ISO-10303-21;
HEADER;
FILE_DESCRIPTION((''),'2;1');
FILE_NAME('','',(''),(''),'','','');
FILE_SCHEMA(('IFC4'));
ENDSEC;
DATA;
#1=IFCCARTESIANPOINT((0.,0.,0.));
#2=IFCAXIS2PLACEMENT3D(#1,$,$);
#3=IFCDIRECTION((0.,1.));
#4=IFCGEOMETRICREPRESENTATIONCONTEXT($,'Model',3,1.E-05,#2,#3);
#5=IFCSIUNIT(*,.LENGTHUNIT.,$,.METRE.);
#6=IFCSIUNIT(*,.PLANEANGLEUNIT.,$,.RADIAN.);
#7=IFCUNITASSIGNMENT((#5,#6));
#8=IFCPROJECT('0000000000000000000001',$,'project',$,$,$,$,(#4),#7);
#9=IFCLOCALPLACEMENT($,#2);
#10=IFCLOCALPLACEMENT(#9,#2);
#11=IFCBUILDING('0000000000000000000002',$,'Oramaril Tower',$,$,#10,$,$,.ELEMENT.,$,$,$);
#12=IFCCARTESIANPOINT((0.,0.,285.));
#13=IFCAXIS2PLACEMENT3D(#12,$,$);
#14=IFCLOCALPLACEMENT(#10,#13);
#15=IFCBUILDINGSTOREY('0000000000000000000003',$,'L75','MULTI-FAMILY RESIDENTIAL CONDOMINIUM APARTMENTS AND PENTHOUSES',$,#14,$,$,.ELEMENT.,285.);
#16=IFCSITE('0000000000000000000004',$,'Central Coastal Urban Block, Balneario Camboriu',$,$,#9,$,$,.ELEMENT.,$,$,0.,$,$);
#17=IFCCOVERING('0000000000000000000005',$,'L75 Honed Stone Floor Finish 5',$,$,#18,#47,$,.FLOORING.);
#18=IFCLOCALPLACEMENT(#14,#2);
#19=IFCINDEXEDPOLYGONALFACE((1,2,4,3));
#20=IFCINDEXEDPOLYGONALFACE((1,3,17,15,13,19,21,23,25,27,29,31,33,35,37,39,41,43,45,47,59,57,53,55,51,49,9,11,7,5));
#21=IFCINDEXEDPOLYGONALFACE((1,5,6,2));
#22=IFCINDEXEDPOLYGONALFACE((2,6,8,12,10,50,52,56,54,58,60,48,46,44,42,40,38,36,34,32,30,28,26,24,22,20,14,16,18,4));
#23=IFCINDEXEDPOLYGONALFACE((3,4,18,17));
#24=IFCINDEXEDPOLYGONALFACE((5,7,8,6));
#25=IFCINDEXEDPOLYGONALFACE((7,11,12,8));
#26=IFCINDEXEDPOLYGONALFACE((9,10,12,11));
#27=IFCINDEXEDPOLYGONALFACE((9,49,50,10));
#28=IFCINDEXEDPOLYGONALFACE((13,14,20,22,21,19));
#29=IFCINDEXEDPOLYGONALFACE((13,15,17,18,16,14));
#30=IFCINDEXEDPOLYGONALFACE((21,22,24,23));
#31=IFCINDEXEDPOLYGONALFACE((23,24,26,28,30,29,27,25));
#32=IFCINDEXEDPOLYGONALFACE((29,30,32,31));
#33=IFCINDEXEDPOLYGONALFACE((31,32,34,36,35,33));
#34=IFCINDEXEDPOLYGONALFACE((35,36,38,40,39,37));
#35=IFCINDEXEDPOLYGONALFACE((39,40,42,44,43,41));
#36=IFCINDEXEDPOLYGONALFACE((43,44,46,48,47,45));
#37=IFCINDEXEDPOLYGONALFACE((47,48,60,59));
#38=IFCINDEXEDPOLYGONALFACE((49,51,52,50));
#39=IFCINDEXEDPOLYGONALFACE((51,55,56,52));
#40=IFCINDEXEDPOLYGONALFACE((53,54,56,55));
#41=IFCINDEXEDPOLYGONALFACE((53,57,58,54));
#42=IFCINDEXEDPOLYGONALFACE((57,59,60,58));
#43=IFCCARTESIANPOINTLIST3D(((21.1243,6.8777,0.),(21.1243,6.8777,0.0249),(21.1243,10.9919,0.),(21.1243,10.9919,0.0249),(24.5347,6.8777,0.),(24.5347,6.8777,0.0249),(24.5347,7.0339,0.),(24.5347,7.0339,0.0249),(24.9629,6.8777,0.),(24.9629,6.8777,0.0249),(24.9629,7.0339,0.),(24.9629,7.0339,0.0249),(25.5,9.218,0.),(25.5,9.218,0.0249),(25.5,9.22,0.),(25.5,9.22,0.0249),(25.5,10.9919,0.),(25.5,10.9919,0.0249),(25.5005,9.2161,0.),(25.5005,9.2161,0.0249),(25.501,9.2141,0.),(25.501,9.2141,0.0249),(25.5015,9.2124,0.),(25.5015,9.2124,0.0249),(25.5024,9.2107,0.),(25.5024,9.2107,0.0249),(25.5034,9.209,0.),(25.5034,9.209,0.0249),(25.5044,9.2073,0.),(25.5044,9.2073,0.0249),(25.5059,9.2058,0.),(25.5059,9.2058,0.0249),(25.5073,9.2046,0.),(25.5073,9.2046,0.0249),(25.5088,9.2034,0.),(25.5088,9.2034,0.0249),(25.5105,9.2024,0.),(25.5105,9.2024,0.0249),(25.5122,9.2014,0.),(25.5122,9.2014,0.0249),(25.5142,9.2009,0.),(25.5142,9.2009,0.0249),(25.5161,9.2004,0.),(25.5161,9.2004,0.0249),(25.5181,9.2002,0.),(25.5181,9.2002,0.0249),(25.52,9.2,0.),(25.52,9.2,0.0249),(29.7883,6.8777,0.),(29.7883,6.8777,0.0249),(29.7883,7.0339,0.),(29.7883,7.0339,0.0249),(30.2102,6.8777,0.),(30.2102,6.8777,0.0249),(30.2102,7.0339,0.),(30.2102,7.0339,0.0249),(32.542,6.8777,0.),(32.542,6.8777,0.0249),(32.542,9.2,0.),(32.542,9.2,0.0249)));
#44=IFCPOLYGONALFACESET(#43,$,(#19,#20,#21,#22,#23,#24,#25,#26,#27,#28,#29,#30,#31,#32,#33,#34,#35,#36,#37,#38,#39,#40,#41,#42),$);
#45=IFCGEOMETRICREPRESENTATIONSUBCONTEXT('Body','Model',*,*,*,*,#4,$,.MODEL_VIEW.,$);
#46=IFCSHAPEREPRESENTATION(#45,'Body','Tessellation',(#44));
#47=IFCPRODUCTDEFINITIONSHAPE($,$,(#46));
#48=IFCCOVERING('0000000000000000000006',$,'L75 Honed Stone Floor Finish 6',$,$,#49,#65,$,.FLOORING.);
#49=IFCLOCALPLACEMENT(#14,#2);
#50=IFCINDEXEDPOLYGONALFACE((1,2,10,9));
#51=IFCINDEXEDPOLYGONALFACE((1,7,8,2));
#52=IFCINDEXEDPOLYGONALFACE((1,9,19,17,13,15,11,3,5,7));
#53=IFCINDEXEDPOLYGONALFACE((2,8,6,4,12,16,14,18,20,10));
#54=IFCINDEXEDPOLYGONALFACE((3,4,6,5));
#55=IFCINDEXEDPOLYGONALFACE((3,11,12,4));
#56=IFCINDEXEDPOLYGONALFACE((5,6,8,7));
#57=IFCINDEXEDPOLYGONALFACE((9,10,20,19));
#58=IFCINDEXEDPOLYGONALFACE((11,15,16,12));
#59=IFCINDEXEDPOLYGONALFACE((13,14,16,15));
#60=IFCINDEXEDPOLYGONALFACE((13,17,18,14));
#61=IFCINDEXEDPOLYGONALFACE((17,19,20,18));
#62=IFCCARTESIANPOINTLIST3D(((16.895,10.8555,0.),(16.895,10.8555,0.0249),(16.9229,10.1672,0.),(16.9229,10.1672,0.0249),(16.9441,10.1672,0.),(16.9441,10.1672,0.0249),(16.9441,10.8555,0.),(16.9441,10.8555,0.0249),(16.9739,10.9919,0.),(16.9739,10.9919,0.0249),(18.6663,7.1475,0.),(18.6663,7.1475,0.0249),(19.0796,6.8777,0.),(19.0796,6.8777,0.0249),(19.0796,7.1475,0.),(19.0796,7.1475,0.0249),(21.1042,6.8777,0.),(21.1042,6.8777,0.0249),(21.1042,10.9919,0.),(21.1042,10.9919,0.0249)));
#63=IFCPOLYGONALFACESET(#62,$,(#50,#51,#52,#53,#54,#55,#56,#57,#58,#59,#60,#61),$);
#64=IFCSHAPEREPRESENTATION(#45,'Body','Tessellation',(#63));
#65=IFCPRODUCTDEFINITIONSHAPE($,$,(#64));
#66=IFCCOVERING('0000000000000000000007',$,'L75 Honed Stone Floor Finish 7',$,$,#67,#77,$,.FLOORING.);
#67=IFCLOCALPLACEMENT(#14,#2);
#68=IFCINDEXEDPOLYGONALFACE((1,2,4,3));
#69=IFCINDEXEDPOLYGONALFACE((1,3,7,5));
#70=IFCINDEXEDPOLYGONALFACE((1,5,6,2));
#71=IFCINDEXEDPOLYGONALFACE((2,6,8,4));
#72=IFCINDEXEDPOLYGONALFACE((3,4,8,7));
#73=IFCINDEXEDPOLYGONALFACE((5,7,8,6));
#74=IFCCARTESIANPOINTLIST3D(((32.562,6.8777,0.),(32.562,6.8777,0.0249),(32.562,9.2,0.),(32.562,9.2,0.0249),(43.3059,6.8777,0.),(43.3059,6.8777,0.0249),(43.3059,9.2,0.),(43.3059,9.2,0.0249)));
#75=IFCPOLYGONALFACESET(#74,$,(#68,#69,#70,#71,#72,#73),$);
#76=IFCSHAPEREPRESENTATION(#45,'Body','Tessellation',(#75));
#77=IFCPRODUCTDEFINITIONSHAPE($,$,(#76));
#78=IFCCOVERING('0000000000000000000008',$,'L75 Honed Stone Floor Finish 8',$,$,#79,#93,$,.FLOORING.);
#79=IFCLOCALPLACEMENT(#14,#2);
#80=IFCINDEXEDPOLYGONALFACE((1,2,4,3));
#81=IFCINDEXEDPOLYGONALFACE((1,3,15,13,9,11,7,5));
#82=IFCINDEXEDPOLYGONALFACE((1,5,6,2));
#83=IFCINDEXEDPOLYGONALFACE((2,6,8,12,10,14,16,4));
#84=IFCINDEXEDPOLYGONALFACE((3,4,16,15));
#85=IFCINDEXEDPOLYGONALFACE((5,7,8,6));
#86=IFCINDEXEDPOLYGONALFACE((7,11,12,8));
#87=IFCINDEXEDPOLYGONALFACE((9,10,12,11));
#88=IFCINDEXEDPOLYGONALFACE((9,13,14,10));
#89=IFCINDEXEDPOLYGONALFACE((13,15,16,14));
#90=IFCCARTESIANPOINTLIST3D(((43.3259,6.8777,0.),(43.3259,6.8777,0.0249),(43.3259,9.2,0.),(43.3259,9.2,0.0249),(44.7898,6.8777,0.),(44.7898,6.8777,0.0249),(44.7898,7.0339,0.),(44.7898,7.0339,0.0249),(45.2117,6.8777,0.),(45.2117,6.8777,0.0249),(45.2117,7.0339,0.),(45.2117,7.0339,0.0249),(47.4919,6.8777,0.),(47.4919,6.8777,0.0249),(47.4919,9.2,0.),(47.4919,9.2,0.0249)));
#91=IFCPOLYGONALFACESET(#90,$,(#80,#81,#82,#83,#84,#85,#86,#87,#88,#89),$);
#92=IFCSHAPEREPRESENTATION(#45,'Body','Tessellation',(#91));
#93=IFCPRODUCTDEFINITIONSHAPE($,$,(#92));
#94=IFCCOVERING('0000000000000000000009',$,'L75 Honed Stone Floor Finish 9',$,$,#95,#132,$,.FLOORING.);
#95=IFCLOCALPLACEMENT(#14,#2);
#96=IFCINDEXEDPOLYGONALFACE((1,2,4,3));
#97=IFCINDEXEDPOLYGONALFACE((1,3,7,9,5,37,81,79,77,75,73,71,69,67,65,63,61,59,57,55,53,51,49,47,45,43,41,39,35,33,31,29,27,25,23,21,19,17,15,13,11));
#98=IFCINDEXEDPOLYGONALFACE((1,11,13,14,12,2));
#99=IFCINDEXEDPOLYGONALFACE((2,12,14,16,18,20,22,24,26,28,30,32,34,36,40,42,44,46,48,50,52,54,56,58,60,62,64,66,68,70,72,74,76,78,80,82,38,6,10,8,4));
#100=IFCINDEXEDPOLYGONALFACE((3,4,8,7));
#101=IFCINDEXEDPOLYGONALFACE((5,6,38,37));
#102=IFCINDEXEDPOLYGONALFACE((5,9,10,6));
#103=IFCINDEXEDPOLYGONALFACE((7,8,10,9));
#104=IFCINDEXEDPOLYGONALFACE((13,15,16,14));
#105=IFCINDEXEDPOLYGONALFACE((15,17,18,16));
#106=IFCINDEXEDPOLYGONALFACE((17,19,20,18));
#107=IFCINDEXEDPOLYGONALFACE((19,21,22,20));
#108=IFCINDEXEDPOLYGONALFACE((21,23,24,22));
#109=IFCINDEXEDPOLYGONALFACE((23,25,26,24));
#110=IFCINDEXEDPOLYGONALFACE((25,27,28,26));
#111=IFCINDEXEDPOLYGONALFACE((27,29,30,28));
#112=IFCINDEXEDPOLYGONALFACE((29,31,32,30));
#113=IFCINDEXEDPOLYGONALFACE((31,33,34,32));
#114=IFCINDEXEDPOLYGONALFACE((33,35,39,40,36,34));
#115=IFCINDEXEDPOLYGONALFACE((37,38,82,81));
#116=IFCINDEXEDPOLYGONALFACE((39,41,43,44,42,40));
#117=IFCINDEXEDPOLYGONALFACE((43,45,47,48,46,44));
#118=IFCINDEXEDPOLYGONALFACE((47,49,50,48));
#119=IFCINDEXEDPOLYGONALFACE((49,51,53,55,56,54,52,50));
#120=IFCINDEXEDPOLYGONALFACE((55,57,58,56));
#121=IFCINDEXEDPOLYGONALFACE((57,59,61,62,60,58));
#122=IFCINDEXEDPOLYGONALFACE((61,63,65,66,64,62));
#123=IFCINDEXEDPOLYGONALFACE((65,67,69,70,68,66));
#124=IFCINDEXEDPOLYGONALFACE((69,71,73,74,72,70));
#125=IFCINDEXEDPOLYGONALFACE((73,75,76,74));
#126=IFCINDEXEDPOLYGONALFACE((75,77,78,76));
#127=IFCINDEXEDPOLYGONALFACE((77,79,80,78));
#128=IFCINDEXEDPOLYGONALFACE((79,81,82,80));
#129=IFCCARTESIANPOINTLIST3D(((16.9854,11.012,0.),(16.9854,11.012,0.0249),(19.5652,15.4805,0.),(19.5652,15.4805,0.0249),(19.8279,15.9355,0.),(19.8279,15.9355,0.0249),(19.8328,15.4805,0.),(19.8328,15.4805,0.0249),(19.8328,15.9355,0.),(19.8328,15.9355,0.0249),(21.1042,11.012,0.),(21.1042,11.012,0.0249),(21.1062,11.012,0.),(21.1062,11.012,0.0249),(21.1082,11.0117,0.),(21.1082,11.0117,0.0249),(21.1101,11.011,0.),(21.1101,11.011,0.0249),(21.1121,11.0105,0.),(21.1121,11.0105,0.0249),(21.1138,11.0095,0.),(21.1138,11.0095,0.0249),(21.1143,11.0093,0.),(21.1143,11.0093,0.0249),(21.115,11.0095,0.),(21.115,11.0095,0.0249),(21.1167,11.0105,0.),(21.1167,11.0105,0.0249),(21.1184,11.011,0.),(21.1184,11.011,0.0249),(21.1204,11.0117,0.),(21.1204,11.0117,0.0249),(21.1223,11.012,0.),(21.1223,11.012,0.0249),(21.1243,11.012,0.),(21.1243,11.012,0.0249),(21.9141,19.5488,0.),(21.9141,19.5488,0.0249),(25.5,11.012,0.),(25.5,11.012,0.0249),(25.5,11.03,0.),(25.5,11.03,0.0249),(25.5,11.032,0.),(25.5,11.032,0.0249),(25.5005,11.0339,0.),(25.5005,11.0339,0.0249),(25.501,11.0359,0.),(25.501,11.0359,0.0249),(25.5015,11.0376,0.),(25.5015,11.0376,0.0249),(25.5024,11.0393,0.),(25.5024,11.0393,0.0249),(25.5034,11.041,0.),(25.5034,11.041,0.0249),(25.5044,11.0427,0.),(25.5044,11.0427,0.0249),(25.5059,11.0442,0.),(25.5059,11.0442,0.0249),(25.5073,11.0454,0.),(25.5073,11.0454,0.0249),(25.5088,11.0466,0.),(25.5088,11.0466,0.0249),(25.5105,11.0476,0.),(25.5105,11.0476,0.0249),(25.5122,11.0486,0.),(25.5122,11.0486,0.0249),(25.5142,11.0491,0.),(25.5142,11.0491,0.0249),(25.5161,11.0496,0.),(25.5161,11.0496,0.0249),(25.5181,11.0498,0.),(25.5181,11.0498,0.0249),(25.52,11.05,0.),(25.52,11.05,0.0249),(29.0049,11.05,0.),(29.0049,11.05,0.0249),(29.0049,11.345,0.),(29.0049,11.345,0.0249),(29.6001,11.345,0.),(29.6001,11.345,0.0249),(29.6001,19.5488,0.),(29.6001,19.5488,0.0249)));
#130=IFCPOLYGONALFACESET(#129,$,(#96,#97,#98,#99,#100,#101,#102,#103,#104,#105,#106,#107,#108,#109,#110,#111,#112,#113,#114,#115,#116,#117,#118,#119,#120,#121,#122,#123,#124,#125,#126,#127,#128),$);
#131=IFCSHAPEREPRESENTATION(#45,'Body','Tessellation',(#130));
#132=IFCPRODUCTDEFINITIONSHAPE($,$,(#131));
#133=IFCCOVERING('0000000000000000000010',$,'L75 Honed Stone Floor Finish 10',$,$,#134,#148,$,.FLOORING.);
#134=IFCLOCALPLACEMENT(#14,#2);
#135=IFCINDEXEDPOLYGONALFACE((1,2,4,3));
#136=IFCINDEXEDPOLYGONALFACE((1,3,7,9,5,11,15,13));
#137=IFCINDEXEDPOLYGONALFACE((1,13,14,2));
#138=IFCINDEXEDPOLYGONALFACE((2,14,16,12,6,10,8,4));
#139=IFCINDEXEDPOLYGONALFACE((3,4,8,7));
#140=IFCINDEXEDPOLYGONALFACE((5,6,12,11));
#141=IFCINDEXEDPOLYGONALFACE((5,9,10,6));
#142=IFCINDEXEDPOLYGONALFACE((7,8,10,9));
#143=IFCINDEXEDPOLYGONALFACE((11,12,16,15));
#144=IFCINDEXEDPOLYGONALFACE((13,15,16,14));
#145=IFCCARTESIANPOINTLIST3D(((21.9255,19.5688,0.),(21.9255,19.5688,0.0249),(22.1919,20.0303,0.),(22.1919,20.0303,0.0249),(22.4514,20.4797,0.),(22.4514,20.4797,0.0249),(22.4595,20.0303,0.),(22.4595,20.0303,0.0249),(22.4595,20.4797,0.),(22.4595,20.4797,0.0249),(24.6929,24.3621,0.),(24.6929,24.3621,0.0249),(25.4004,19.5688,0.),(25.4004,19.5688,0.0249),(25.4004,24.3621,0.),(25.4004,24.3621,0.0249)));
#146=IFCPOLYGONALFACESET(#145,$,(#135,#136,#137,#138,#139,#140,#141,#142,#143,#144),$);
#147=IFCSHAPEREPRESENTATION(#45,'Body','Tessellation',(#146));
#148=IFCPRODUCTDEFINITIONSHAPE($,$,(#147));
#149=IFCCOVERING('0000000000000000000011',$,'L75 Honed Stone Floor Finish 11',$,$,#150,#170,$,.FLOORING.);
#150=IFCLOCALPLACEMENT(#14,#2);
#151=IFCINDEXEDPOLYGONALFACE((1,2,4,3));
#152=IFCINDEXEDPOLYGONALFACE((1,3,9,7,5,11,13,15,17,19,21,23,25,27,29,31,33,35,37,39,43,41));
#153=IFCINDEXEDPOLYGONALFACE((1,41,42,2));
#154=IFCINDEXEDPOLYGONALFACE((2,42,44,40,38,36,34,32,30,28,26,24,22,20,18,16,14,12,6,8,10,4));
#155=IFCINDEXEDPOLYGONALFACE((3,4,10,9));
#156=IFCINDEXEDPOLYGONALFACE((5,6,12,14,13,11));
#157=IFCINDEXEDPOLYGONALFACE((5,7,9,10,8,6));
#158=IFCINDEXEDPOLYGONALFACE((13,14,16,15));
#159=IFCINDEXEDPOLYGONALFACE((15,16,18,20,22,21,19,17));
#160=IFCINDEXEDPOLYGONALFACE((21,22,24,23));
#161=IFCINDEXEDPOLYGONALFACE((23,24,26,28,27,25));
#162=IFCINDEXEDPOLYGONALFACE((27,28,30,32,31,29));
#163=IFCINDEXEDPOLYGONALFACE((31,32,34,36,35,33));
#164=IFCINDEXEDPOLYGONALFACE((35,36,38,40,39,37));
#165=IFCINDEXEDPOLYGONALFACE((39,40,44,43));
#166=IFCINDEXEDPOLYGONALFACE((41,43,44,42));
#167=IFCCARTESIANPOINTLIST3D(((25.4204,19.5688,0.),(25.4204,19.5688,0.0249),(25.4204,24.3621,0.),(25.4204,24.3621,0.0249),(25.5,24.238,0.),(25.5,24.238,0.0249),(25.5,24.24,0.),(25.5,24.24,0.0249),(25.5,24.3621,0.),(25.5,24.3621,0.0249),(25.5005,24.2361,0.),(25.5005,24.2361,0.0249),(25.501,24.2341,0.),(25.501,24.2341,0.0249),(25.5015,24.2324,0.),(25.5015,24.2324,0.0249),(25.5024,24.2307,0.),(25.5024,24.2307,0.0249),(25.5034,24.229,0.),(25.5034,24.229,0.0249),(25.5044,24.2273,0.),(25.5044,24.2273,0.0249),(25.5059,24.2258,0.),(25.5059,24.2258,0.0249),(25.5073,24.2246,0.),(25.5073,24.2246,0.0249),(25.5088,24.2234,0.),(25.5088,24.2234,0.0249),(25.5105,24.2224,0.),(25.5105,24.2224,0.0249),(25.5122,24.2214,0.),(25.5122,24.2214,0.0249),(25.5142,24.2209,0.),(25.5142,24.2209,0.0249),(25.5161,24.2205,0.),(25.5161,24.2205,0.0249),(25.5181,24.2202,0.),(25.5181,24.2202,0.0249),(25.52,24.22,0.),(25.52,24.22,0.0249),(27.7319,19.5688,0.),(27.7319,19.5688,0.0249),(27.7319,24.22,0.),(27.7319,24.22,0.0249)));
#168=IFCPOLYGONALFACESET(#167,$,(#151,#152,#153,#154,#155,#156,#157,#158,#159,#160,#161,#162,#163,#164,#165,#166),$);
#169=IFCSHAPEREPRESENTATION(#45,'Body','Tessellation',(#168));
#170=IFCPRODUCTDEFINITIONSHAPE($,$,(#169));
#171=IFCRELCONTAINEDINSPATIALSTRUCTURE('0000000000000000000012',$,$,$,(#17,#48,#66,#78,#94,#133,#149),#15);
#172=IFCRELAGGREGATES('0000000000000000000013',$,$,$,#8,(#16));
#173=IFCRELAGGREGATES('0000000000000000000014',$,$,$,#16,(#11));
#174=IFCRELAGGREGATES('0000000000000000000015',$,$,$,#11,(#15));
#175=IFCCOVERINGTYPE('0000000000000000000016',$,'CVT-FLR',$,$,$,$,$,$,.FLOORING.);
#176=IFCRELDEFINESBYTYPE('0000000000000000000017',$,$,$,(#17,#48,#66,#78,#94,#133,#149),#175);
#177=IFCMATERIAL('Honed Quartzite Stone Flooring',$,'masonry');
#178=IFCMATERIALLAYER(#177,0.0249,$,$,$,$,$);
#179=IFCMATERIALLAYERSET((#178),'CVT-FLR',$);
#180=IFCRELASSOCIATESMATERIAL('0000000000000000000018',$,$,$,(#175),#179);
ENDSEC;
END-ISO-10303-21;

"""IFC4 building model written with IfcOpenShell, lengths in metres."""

from ifc_helpers import new_model, si_unit, direction, frame, origin, place, context, subcontext, project, spatial, polyline, outline, extrude, material, layer, layer_set, type_object, element, save


model = new_model("IFC4")

# Units and contexts
model_context = context("Model", 3, precision=1e-05, world=origin(), true_north=direction((0.0, 1.0)))
body_context = subcontext(model_context, "Body", "Model", "MODEL_VIEW")
ifc_project = project(units=[si_unit("LENGTHUNIT", "METRE"), si_unit("PLANEANGLEUNIT", "RADIAN")], contexts=[model_context])

# Site, building, storey
site_placement = place(None, origin())
site = spatial("IfcSite", under=ifc_project, at=site_placement, Name="Central Coastal Urban Block, Balneario Camboriu", CompositionType="ELEMENT", RefElevation=0.0)
building_placement = place(site_placement, origin())
building = spatial("IfcBuilding", under=site, at=building_placement, Name="Oramaril Tower", CompositionType="ELEMENT")
storey_placement = place(building_placement, frame((0.0, 0.0, 285.0)))
storey = spatial("IfcBuildingStorey", under=building, at=storey_placement, Name="L75", Description="MULTI-FAMILY RESIDENTIAL CONDOMINIUM APARTMENTS AND PENTHOUSES", CompositionType="ELEMENT", Elevation=285.0)

# Coverings
ifc_material_1 = material(Name="Honed Quartzite Stone Flooring", Category="masonry")
ifc_layer_1 = layer(ifc_material_1, 0.0249)
ifc_layer_set_1 = layer_set([ifc_layer_1], Name="CVT-FLR")
covering_type_1 = type_object("IfcCoveringType", Name="CVT-FLR", PredefinedType="FLOORING", material=ifc_layer_set_1)
covering_1_placement = place(storey_placement, origin())
element("IfcCovering", 1, at=covering_1_placement, inside=storey, type_object=covering_type_1, Name="L75 Honed Stone Floor Finish 5", PredefinedType="FLOORING", context=body_context, shape_type="SweptSolid", body=[
    extrude(outline(polyline([(32.542, 6.8777), (30.2102, 6.8777), (30.2102, 7.0339), (29.7883, 7.0339), (29.7883, 6.8777), (24.9629, 6.8777), (24.9629, 7.0339), (24.5347, 7.0339), (24.5347, 6.8777), (21.1243, 6.8777), (21.1243, 10.9919), (25.5, 10.9919), (25.5, 9.22), (25.5, 9.218), (25.5005, 9.2161), (25.501, 9.2141), (25.5015, 9.2124), (25.5024, 9.2107), (25.5034, 9.209), (25.5044, 9.2073), (25.5059, 9.2058), (25.5073, 9.2046), (25.5088, 9.2034), (25.5105, 9.2024), (25.5122, 9.2014), (25.5142, 9.2009), (25.5161, 9.2004), (25.5181, 9.2002), (25.52, 9.2), (32.542, 9.2), (32.542, 6.8777)])), origin(), (0.0, 0.0, 1.0), 0.0249),
])
covering_2_placement = place(storey_placement, origin())
element("IfcCovering", 2, at=covering_2_placement, inside=storey, type_object=covering_type_1, Name="L75 Honed Stone Floor Finish 6", PredefinedType="FLOORING", context=body_context, shape_type="SweptSolid", body=[
    extrude(outline(polyline([(19.0796, 6.8777), (19.0796, 7.1475), (18.6663, 7.1475), (16.9229, 10.1672), (16.9441, 10.1672), (16.9441, 10.8555), (16.895, 10.8555), (16.9739, 10.9919), (21.1042, 10.9919), (21.1042, 6.8777), (19.0796, 6.8777)])), origin(), (0.0, 0.0, 1.0), 0.0249),
])
covering_3_placement = place(storey_placement, origin())
element("IfcCovering", 3, at=covering_3_placement, inside=storey, type_object=covering_type_1, Name="L75 Honed Stone Floor Finish 7", PredefinedType="FLOORING", context=body_context, shape_type="SweptSolid", body=[
    extrude(outline(polyline([(32.562, 6.8777), (32.562, 9.2), (43.3059, 9.2), (43.3059, 6.8777), (32.562, 6.8777)])), origin(), (0.0, 0.0, 1.0), 0.0249),
])
covering_4_placement = place(storey_placement, origin())
element("IfcCovering", 4, at=covering_4_placement, inside=storey, type_object=covering_type_1, Name="L75 Honed Stone Floor Finish 8", PredefinedType="FLOORING", context=body_context, shape_type="SweptSolid", body=[
    extrude(outline(polyline([(45.2117, 7.0339), (44.7898, 7.0339), (44.7898, 6.8777), (43.3259, 6.8777), (43.3259, 9.2), (47.4919, 9.2), (47.4919, 6.8777), (45.2117, 6.8777), (45.2117, 7.0339)])), origin(), (0.0, 0.0, 1.0), 0.0249),
])
covering_5_placement = place(storey_placement, origin())
element("IfcCovering", 5, at=covering_5_placement, inside=storey, type_object=covering_type_1, Name="L75 Honed Stone Floor Finish 9", PredefinedType="FLOORING", context=body_context, shape_type="SweptSolid", body=[
    extrude(outline(polyline([(19.5652, 15.4805), (19.8328, 15.4805), (19.8328, 15.9355), (19.8279, 15.9355), (21.9141, 19.5488), (29.6001, 19.5488), (29.6001, 11.345), (29.0049, 11.345), (29.0049, 11.05), (25.52, 11.05), (25.5181, 11.0498), (25.5161, 11.0496), (25.5142, 11.0491), (25.5122, 11.0486), (25.5105, 11.0476), (25.5088, 11.0466), (25.5073, 11.0454), (25.5059, 11.0442), (25.5044, 11.0427), (25.5034, 11.041), (25.5024, 11.0393), (25.5015, 11.0376), (25.501, 11.0359), (25.5005, 11.0339), (25.5, 11.032), (25.5, 11.03), (25.5, 11.012), (21.1243, 11.012), (21.1223, 11.012), (21.1204, 11.0117), (21.1184, 11.011), (21.1167, 11.0105), (21.115, 11.0095), (21.1143, 11.0093), (21.1138, 11.0095), (21.1121, 11.0105), (21.1101, 11.011), (21.1082, 11.0117), (21.1062, 11.012), (21.1042, 11.012), (16.9854, 11.012), (19.5652, 15.4805)])), origin(), (0.0, 0.0, 1.0), 0.0249),
])
covering_6_placement = place(storey_placement, origin())
element("IfcCovering", 6, at=covering_6_placement, inside=storey, type_object=covering_type_1, Name="L75 Honed Stone Floor Finish 10", PredefinedType="FLOORING", context=body_context, shape_type="SweptSolid", body=[
    extrude(outline(polyline([(22.4595, 20.0303), (22.4595, 20.4797), (22.4514, 20.4797), (24.6929, 24.3621), (25.4004, 24.3621), (25.4004, 19.5688), (21.9255, 19.5688), (22.1919, 20.0303), (22.4595, 20.0303)])), origin(), (0.0, 0.0, 1.0), 0.0249),
])
covering_7_placement = place(storey_placement, origin())
element("IfcCovering", 7, at=covering_7_placement, inside=storey, type_object=covering_type_1, Name="L75 Honed Stone Floor Finish 11", PredefinedType="FLOORING", context=body_context, shape_type="SweptSolid", body=[
    extrude(outline(polyline([(25.5, 24.3621), (25.5, 24.24), (25.5, 24.238), (25.5005, 24.2361), (25.501, 24.2341), (25.5015, 24.2324), (25.5024, 24.2307), (25.5034, 24.229), (25.5044, 24.2273), (25.5059, 24.2258), (25.5073, 24.2246), (25.5088, 24.2234), (25.5105, 24.2224), (25.5122, 24.2214), (25.5142, 24.2209), (25.5161, 24.2205), (25.5181, 24.2202), (25.52, 24.22), (27.7319, 24.22), (27.7319, 19.5688), (25.4204, 19.5688), (25.4204, 24.3621), (25.5, 24.3621)])), origin(), (0.0, 0.0, 1.0), 0.0249),
])

save(model, "model.ifc")
